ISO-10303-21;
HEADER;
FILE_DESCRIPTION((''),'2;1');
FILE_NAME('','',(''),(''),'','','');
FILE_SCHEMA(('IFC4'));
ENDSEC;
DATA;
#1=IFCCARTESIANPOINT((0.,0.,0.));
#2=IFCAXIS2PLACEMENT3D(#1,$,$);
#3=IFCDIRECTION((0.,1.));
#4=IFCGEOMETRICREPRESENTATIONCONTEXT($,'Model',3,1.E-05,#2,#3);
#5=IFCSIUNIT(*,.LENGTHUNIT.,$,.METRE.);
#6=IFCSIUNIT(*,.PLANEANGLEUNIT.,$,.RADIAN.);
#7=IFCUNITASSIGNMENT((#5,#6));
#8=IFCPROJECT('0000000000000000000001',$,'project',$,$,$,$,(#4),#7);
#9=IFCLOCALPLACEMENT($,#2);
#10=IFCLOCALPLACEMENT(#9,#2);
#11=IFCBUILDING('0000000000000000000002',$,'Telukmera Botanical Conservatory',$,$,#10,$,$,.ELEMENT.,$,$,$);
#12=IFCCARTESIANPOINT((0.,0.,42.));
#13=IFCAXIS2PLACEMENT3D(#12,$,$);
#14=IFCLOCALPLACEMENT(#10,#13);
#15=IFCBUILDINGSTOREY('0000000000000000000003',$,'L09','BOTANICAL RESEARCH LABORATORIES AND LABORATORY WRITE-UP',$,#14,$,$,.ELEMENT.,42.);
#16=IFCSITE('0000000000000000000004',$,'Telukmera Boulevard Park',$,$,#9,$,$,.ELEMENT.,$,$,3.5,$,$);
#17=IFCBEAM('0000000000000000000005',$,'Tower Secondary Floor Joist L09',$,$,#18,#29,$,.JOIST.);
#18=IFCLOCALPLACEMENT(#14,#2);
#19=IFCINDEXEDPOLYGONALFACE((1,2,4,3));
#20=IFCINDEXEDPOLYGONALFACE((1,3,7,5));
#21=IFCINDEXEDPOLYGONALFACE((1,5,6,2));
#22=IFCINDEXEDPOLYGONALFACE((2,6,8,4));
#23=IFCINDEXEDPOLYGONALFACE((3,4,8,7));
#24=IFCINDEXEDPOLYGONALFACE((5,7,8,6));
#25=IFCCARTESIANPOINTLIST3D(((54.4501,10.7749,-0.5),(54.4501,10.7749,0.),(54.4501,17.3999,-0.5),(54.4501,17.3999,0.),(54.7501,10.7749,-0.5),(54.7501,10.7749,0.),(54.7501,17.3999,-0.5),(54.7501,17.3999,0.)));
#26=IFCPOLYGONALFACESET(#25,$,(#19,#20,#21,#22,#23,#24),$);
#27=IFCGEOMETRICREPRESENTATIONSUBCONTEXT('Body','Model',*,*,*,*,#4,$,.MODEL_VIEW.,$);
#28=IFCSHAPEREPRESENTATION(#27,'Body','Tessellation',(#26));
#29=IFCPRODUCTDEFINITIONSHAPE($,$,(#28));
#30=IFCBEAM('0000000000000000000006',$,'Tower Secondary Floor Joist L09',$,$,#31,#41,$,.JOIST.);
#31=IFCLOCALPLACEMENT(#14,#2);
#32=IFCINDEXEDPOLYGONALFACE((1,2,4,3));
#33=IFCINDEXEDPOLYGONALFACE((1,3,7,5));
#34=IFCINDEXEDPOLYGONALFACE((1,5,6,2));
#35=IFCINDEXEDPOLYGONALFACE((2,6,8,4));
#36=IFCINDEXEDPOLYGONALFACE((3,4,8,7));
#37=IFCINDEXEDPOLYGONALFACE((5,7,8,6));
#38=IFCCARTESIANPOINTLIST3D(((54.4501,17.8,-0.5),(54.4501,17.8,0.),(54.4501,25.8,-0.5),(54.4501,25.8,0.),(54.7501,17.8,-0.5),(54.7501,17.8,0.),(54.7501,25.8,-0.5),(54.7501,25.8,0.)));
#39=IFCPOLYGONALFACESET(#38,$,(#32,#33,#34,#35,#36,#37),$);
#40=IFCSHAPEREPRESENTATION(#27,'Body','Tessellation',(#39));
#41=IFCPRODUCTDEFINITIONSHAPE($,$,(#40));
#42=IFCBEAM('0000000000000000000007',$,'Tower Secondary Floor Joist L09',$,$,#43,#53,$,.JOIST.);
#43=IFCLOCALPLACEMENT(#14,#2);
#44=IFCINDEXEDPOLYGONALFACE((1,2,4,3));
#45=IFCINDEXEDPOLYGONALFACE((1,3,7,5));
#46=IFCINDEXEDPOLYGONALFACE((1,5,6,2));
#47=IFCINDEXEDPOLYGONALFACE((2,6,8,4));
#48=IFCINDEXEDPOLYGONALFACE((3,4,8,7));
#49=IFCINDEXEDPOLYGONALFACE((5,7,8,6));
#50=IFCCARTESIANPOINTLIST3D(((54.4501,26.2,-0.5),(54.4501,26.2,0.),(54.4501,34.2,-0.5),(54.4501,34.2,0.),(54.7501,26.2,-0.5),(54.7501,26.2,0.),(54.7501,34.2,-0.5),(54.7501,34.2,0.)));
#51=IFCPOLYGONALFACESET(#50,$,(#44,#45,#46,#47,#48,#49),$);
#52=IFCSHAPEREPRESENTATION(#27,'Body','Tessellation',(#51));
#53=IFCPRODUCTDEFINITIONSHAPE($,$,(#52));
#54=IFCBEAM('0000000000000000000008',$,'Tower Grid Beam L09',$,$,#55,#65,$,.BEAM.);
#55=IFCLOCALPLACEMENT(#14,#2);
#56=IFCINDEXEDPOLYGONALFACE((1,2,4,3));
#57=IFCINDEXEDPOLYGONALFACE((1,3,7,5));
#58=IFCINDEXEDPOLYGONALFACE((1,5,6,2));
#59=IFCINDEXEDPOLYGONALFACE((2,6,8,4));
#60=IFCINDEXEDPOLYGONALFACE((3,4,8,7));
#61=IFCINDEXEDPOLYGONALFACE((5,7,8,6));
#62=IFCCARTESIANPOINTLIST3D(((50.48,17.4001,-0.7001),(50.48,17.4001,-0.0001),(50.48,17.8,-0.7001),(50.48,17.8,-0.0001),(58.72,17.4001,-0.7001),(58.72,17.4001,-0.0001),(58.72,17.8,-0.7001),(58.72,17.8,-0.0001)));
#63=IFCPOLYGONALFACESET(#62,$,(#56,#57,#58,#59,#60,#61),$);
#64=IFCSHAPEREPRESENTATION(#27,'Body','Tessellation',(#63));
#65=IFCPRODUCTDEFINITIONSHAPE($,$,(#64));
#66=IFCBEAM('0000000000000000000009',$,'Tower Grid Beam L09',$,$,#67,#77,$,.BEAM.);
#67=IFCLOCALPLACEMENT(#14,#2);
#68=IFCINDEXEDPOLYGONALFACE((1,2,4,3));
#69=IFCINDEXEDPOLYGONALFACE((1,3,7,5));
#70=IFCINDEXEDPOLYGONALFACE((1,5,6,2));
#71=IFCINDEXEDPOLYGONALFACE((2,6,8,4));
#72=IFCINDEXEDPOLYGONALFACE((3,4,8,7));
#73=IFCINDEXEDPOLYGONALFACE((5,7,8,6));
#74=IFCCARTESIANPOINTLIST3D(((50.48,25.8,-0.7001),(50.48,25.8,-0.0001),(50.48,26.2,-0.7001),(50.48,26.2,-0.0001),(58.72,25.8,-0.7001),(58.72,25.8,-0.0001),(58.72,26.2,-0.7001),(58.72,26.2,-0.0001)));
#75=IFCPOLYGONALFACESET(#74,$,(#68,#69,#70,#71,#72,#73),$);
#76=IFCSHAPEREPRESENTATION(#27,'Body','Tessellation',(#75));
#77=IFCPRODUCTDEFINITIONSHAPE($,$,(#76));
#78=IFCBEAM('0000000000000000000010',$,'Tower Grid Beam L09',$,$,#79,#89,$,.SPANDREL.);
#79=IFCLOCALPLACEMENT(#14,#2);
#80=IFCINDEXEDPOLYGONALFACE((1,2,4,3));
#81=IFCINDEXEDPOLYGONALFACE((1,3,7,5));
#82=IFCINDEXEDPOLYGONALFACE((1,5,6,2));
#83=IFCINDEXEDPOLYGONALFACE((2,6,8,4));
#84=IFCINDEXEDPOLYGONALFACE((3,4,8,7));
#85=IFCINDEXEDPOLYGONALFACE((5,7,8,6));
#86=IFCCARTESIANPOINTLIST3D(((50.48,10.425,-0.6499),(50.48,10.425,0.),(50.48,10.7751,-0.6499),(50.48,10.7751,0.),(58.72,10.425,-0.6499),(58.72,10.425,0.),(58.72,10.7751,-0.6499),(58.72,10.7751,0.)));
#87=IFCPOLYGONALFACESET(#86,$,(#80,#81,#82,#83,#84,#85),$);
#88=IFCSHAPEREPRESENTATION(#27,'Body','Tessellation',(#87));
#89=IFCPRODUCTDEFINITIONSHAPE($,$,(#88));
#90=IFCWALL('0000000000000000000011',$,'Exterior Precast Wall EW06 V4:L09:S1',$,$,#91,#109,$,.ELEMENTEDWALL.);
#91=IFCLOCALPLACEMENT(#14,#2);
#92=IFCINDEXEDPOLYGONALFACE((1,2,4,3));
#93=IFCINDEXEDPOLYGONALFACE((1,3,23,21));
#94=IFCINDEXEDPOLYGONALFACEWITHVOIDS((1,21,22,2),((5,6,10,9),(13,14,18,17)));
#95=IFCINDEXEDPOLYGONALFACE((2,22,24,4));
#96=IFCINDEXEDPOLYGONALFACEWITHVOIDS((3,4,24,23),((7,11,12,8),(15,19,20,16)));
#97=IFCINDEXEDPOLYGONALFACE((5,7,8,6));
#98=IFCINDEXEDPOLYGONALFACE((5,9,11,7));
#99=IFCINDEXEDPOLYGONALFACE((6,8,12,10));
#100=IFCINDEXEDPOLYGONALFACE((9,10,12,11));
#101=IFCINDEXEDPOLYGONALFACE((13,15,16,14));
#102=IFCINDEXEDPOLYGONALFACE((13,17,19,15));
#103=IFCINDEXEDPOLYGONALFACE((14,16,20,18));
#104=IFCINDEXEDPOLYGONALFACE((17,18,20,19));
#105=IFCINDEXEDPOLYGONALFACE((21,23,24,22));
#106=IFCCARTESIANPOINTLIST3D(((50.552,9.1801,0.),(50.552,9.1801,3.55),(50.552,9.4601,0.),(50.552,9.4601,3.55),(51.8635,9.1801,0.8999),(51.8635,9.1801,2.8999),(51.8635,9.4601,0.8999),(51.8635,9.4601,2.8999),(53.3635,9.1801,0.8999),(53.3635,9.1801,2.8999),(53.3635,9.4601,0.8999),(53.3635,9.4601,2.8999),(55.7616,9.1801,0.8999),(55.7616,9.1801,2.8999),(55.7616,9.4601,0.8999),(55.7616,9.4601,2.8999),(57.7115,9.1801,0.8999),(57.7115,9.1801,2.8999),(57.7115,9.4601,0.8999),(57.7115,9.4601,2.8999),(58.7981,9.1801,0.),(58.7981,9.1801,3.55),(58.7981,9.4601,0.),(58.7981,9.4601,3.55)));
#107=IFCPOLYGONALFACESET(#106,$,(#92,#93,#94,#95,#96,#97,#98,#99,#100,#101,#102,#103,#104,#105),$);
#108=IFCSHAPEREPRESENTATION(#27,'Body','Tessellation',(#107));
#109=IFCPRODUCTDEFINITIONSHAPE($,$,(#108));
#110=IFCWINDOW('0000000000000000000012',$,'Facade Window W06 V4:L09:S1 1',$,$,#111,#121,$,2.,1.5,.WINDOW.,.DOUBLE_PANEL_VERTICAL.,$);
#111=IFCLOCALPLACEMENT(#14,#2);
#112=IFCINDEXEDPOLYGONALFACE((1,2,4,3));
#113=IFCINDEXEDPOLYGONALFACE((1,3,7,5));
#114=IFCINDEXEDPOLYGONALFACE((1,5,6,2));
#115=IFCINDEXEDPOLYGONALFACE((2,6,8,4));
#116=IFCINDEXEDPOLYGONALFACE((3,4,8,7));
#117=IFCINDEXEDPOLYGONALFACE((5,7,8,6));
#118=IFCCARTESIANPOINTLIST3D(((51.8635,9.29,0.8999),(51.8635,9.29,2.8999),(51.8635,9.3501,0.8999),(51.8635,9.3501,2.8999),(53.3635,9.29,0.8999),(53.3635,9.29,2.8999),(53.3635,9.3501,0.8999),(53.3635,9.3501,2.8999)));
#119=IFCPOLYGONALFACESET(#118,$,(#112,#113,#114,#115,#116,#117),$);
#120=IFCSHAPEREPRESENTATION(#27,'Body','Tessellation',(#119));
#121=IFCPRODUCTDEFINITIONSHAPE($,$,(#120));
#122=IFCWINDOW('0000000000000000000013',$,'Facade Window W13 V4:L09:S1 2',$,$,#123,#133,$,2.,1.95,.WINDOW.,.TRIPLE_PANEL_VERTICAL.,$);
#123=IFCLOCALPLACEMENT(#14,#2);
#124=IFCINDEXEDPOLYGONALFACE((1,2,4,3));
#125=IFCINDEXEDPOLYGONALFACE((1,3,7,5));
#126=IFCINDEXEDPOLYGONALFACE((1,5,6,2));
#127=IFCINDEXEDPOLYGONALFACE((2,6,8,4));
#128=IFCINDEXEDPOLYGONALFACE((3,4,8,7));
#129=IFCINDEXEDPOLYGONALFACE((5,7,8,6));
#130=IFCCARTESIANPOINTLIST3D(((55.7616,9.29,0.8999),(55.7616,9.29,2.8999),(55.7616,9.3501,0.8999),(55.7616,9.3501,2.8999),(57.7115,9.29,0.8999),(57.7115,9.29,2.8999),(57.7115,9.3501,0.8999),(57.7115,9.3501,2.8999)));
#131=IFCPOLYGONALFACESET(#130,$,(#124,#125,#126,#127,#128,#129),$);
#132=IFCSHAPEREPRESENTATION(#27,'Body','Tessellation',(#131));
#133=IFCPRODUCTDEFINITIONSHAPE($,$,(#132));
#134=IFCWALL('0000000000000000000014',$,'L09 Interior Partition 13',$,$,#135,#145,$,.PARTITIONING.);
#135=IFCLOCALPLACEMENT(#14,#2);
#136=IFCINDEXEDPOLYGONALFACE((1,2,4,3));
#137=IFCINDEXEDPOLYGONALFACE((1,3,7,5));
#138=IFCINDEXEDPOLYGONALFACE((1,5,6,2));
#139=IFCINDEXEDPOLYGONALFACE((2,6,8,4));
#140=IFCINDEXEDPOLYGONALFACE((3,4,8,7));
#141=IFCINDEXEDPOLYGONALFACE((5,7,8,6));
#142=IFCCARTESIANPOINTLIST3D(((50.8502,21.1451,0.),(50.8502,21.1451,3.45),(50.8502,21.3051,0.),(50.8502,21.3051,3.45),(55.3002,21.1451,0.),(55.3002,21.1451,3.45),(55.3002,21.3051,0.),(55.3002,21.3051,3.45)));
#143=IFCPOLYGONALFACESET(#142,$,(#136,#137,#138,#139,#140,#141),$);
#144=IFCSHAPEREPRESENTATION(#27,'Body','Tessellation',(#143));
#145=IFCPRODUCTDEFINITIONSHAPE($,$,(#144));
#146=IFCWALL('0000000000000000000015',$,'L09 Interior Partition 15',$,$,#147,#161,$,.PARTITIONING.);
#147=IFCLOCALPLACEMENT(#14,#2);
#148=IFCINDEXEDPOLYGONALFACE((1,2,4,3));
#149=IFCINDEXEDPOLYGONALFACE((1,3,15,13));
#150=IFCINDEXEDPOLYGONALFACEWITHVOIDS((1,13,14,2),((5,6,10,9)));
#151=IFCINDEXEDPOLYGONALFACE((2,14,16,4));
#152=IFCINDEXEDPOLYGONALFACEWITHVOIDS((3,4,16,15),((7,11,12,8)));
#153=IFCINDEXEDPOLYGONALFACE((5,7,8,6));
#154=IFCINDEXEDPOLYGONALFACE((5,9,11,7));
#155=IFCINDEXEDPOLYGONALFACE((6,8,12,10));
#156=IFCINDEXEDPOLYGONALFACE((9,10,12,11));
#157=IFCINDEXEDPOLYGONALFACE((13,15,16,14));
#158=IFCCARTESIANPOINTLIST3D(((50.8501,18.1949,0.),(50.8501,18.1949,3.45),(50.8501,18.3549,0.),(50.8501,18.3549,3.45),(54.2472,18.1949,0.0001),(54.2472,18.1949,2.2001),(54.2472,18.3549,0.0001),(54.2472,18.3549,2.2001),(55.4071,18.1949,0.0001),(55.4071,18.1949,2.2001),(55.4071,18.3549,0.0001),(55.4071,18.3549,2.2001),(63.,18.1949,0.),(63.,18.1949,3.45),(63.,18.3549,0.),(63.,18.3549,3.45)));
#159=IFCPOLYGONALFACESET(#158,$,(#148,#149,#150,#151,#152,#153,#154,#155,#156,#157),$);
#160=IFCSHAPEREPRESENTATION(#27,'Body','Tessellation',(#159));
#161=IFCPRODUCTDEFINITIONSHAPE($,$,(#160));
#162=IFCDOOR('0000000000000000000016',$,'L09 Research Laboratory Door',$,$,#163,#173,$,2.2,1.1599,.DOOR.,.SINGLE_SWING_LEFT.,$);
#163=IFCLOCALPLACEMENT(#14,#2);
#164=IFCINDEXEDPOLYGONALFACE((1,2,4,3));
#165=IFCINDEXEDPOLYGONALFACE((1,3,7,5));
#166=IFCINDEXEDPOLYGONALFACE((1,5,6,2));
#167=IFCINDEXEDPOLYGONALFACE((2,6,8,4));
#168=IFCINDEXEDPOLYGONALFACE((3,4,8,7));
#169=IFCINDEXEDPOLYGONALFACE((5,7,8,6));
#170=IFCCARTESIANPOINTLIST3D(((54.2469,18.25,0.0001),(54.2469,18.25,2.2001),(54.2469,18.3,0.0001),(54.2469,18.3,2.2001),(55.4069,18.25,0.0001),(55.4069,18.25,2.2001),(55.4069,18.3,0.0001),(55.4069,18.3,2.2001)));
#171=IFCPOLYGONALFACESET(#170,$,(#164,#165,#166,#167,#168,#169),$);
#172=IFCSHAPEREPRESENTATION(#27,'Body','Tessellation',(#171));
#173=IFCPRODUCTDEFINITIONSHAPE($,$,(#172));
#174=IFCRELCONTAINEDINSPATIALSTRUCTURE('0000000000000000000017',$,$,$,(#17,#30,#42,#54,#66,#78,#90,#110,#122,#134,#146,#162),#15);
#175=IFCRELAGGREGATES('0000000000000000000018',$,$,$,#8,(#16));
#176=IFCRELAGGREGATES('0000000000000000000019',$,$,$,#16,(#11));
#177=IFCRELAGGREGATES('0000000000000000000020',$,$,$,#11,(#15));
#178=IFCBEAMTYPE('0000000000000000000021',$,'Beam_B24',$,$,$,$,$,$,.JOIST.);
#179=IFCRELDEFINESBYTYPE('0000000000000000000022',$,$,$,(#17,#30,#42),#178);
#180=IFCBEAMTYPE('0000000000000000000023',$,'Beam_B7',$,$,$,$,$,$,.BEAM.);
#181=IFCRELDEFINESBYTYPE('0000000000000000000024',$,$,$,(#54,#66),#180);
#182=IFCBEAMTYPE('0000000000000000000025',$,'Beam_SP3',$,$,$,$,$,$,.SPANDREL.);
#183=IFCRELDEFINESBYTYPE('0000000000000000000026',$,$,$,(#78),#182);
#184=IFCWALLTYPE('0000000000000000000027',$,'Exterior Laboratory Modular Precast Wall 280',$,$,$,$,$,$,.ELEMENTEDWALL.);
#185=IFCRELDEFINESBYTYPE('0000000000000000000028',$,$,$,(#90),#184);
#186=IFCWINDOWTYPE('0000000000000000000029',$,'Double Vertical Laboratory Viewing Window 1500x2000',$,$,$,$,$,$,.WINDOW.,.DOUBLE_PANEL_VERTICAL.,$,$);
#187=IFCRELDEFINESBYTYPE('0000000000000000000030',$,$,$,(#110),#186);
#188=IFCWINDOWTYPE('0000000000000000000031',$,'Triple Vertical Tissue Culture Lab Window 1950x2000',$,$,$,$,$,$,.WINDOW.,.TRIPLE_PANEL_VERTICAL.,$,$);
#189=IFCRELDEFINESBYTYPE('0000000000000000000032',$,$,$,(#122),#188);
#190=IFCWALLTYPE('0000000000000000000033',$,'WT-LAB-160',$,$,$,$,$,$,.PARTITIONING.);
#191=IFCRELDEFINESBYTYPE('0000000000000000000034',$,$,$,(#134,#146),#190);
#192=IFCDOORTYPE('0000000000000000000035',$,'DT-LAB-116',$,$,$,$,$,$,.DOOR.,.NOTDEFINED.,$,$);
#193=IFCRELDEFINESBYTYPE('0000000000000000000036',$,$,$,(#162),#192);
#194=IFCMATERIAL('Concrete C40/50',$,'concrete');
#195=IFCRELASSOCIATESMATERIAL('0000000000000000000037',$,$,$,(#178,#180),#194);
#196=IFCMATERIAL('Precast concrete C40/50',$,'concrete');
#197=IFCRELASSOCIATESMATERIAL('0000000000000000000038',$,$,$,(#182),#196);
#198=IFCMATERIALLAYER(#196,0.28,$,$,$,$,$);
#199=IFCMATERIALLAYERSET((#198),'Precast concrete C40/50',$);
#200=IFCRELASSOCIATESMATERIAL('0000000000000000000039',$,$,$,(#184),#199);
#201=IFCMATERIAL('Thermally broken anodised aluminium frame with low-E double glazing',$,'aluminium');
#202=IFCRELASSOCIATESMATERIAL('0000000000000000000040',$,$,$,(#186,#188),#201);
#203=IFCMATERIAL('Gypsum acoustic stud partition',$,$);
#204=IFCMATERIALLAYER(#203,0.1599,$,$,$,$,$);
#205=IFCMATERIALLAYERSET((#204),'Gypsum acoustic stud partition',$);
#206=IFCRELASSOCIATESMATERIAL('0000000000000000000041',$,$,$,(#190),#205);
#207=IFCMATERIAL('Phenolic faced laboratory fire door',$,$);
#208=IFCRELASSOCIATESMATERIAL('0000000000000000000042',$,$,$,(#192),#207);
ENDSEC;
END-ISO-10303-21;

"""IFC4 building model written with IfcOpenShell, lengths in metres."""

from ifc_helpers import new_model, si_unit, direction, frame, frame_2d, origin, origin_2d, place, context, subcontext, project, spatial, rectangle, extrude, material, layer, layer_set, material_profile, profile_set, type_object, element, fill, save


model = new_model("IFC4")

# Units and contexts
model_context = context("Model", 3, precision=1e-05, world=origin(), true_north=direction((0.0, 1.0)))
body_context = subcontext(model_context, "Body", "Model", "MODEL_VIEW")
ifc_project = project(units=[si_unit("LENGTHUNIT", "METRE"), si_unit("PLANEANGLEUNIT", "RADIAN")], contexts=[model_context])

# Site, building, storey
site_placement = place(None, origin())
site = spatial("IfcSite", under=ifc_project, at=site_placement, Name="Telukmera Boulevard Park", CompositionType="ELEMENT", RefElevation=3.5)
building_placement = place(site_placement, origin())
building = spatial("IfcBuilding", under=site, at=building_placement, Name="Telukmera Botanical Conservatory", CompositionType="ELEMENT")
storey_placement = place(building_placement, frame((0.0, 0.0, 42.0)))
storey = spatial("IfcBuildingStorey", under=building, at=storey_placement, Name="L09", Description="BOTANICAL RESEARCH LABORATORIES AND LABORATORY WRITE-UP", CompositionType="ELEMENT", Elevation=42.0)

# Beams
ifc_material_1 = material(Name="Concrete C40/50", Category="concrete")
ifc_material_profile_1 = material_profile(ifc_material_1, rectangle(XDim=0.3, YDim=0.5, at=origin_2d()), Name="RC 300x500")
ifc_profile_set_1 = profile_set([ifc_material_profile_1], Name="Concrete C40/50")
beam_type_1 = type_object("IfcBeamType", Name="Beam_B24", PredefinedType="JOIST", material=ifc_profile_set_1)
beam_1_placement = place(storey_placement, frame((54.6001, 10.7749, -0.25), z_axis=(0.0, 1.0, 0.0), x_axis=(-1.0, 0.0, 0.0)))
element("IfcBeam", 1, at=beam_1_placement, inside=storey, type_object=beam_type_1, Name="Tower Secondary Floor Joist L09", PredefinedType="JOIST", context=body_context, shape_type="SweptSolid", body=[
    extrude(rectangle(XDim=0.3, YDim=0.5, at=origin_2d()), origin(), (0.0, 0.0, 1.0), 6.625),
])
for number, where, z_axis, x_axis, name in (
    (2, (54.6001, 17.8, -0.25), (0.0, 1.0, 0.0), (-1.0, 0.0, 0.0), "Tower Secondary Floor Joist L09"),
    (3, (54.6001, 26.2, -0.25), (0.0, 1.0, 0.0), (-1.0, 0.0, 0.0), "Tower Secondary Floor Joist L09"),
):
    element("IfcBeam", number, at=place(storey_placement, frame(where, z_axis=z_axis, x_axis=x_axis)), inside=storey, type_object=beam_type_1, Name=name, PredefinedType="JOIST", context=body_context, shape_type="SweptSolid", body=[
        extrude(rectangle(XDim=0.3, YDim=0.5, at=origin_2d()), origin(), (0.0, 0.0, 1.0), 8.0),
    ])
ifc_material_profile_2 = material_profile(ifc_material_1, rectangle(XDim=0.3999, YDim=0.7, at=origin_2d()), Name="RC 400x700")
ifc_profile_set_2 = profile_set([ifc_material_profile_2], Name="Concrete C40/50")
beam_type_2 = type_object("IfcBeamType", Name="Beam_B7", PredefinedType="BEAM", material=ifc_profile_set_2)
for number, where, z_axis, x_axis, name in (
    (4, (50.48, 17.6001, -0.3501), (1.0, 0.0, 0.0), (0.0, 1.0, 0.0), "Tower Grid Beam L09"),
    (5, (50.48, 26.0, -0.3501), (1.0, 0.0, 0.0), (0.0, 1.0, 0.0), "Tower Grid Beam L09"),
):
    element("IfcBeam", number, at=place(storey_placement, frame(where, z_axis=z_axis, x_axis=x_axis)), inside=storey, type_object=beam_type_2, Name=name, PredefinedType="BEAM", context=body_context, shape_type="SweptSolid", body=[
        extrude(rectangle(XDim=0.3999, YDim=0.7, at=origin_2d()), origin(), (0.0, 0.0, 1.0), 8.24),
    ])
ifc_material_2 = material(Name="Precast concrete C40/50", Category="concrete")
ifc_material_profile_3 = material_profile(ifc_material_2, rectangle(XDim=0.3501, YDim=0.6499, at=origin_2d()), Name="PC 350x650")
ifc_profile_set_3 = profile_set([ifc_material_profile_3], Name="Precast concrete C40/50")
beam_type_3 = type_object("IfcBeamType", Name="Beam_SP3", PredefinedType="SPANDREL", material=ifc_profile_set_3)
beam_2_placement = place(storey_placement, frame((50.48, 10.6001, -0.325), z_axis=(1.0, 0.0, 0.0), x_axis=(0.0, 1.0, 0.0)))
element("IfcBeam", 6, at=beam_2_placement, inside=storey, type_object=beam_type_3, Name="Tower Grid Beam L09", PredefinedType="SPANDREL", context=body_context, shape_type="SweptSolid", body=[
    extrude(rectangle(XDim=0.3501, YDim=0.6499, at=origin_2d()), origin(), (0.0, 0.0, 1.0), 8.24),
])

# Wall, openings, windows
ifc_layer_1 = layer(ifc_material_2, 0.28)
ifc_layer_set_1 = layer_set([ifc_layer_1], Name="Precast concrete C40/50")
wall_type_1 = type_object("IfcWallType", Name="Exterior Laboratory Modular Precast Wall 280", PredefinedType="ELEMENTEDWALL", material=ifc_layer_set_1)
wall_1_placement = place(storey_placement, frame((50.552, 9.3201, 0.0), z_axis=(0.0, 0.0, 1.0), x_axis=(1.0, 0.0, 0.0)))
wall_1 = element("IfcWall", 7, at=wall_1_placement, inside=storey, type_object=wall_type_1, Name="Exterior Precast Wall EW06 V4:L09:S1", PredefinedType="ELEMENTEDWALL", context=body_context, shape_type="SweptSolid", body=[
    extrude(rectangle(XDim=8.2461, YDim=0.28, at=frame_2d((4.123, 0.0))), origin(), (0.0, 0.0, 1.0), 3.55),
])
opening_1_placement = place(wall_1_placement, frame((1.3115, 0.0, 0.8999)))
opening_1 = element("IfcOpeningElement", 8, at=opening_1_placement, cuts=wall_1, PredefinedType="OPENING", context=body_context, shape_type="SweptSolid", body=[
    extrude(rectangle(XDim=1.5, YDim=2.0, at=frame_2d((0.75, 1.0))), frame((0.0, 0.1499, 0.0), z_axis=(0.0, -1.0, 0.0), x_axis=(1.0, 0.0, 0.0)), (0.0, 0.0, 1.0), 0.3),
])
opening_2_placement = place(wall_1_placement, frame((5.2095, 0.0, 0.8999)))
opening_2 = element("IfcOpeningElement", 9, at=opening_2_placement, cuts=wall_1, PredefinedType="OPENING", context=body_context, shape_type="SweptSolid", body=[
    extrude(rectangle(XDim=1.95, YDim=2.0, at=frame_2d((0.9751, 1.0))), frame((0.0, 0.1499, 0.0), z_axis=(0.0, -1.0, 0.0), x_axis=(1.0, 0.0, 0.0)), (0.0, 0.0, 1.0), 0.3),
])
ifc_material_3 = material(Name="Thermally broken anodised aluminium frame with low-E double glazing", Category="aluminium")
window_type_1 = type_object("IfcWindowType", Name="Double Vertical Laboratory Viewing Window 1500x2000", PartitioningType="DOUBLE_PANEL_VERTICAL", PredefinedType="WINDOW", material=ifc_material_3)
window_1_placement = place(opening_1_placement, origin())
window_1 = element("IfcWindow", 10, at=window_1_placement, inside=storey, type_object=window_type_1, Name="Facade Window W06 V4:L09:S1 1", OverallHeight=2.0, OverallWidth=1.5, PartitioningType="DOUBLE_PANEL_VERTICAL", PredefinedType="WINDOW", context=body_context, shape_type="SweptSolid", body=[
    extrude(rectangle(XDim=1.5, YDim=2.0, at=frame_2d((0.75, 1.0))), frame((0.0, 0.03, 0.0), z_axis=(0.0, -1.0, 0.0), x_axis=(1.0, 0.0, 0.0)), (0.0, 0.0, 1.0), 0.0601),
])
fill(opening_1, window_1)
window_type_2 = type_object("IfcWindowType", Name="Triple Vertical Tissue Culture Lab Window 1950x2000", PartitioningType="TRIPLE_PANEL_VERTICAL", PredefinedType="WINDOW", material=ifc_material_3)
window_2_placement = place(opening_2_placement, origin())
window_2 = element("IfcWindow", 11, at=window_2_placement, inside=storey, type_object=window_type_2, Name="Facade Window W13 V4:L09:S1 2", OverallHeight=2.0, OverallWidth=1.95, PartitioningType="TRIPLE_PANEL_VERTICAL", PredefinedType="WINDOW", context=body_context, shape_type="SweptSolid", body=[
    extrude(rectangle(XDim=1.95, YDim=2.0, at=frame_2d((0.9751, 1.0))), frame((0.0, 0.03, 0.0), z_axis=(0.0, -1.0, 0.0), x_axis=(1.0, 0.0, 0.0)), (0.0, 0.0, 1.0), 0.0601),
])
fill(opening_2, window_2)

# Wall
ifc_material_4 = material(Name="Gypsum acoustic stud partition")
ifc_layer_2 = layer(ifc_material_4, 0.1599)
ifc_layer_set_2 = layer_set([ifc_layer_2], Name="Gypsum acoustic stud partition")
wall_type_2 = type_object("IfcWallType", Name="WT-LAB-160", PredefinedType="PARTITIONING", material=ifc_layer_set_2)
wall_2_placement = place(storey_placement, frame((50.8501, 21.2251, 0.0), z_axis=(0.0, 0.0, 1.0), x_axis=(1.0, 0.0, 0.0)))
element("IfcWall", 12, at=wall_2_placement, inside=storey, type_object=wall_type_2, Name="L09 Interior Partition 13", PredefinedType="PARTITIONING", context=body_context, shape_type="SweptSolid", body=[
    extrude(rectangle(XDim=4.45, YDim=0.1599, at=frame_2d((2.2251, 0.0))), origin(), (0.0, 0.0, 1.0), 3.45),
])

# Wall, opening, door
wall_3_placement = place(storey_placement, frame((50.8501, 18.2749, 0.0), z_axis=(0.0, 0.0, 1.0), x_axis=(1.0, 0.0, 0.0)))
wall_3 = element("IfcWall", 13, at=wall_3_placement, inside=storey, type_object=wall_type_2, Name="L09 Interior Partition 15", PredefinedType="PARTITIONING", context=body_context, shape_type="SweptSolid", body=[
    extrude(rectangle(XDim=12.1499, YDim=0.1599, at=frame_2d((6.075, 0.0))), origin(), (0.0, 0.0, 1.0), 3.45),
])
opening_3_placement = place(wall_3_placement, frame((3.397, 0.0, 0.0)))
opening_3 = element("IfcOpeningElement", 14, at=opening_3_placement, cuts=wall_3, PredefinedType="OPENING", context=body_context, shape_type="SweptSolid", body=[
    extrude(rectangle(XDim=1.1599, YDim=2.2, at=frame_2d((0.5801, 1.1001))), frame((0.0, 0.0898, 0.0), z_axis=(0.0, -1.0, 0.0), x_axis=(1.0, 0.0, 0.0)), (0.0, 0.0, 1.0), 0.1799),
])
ifc_material_5 = material(Name="Phenolic faced laboratory fire door")
door_type_1 = type_object("IfcDoorType", Name="DT-LAB-116", OperationType="NOTDEFINED", PredefinedType="DOOR", material=ifc_material_5)
door_1_placement = place(opening_3_placement, frame((1.1599, 0.0, 0.0), z_axis=(0.0, 0.0, 1.0), x_axis=(-1.0, 0.0, 0.0)))
door_1 = element("IfcDoor", 15, at=door_1_placement, inside=storey, type_object=door_type_1, Name="L09 Research Laboratory Door", OperationType="SINGLE_SWING_LEFT", OverallHeight=2.2, OverallWidth=1.1599, PredefinedType="DOOR", context=body_context, shape_type="SweptSolid", body=[
    extrude(rectangle(XDim=1.1599, YDim=2.2, at=frame_2d((0.5801, 1.1001))), frame((0.0, 0.0249, 0.0), z_axis=(0.0, -1.0, 0.0), x_axis=(1.0, 0.0, 0.0)), (0.0, 0.0, 1.0), 0.05),
])
fill(opening_3, door_1)

save(model, "model.ifc")
